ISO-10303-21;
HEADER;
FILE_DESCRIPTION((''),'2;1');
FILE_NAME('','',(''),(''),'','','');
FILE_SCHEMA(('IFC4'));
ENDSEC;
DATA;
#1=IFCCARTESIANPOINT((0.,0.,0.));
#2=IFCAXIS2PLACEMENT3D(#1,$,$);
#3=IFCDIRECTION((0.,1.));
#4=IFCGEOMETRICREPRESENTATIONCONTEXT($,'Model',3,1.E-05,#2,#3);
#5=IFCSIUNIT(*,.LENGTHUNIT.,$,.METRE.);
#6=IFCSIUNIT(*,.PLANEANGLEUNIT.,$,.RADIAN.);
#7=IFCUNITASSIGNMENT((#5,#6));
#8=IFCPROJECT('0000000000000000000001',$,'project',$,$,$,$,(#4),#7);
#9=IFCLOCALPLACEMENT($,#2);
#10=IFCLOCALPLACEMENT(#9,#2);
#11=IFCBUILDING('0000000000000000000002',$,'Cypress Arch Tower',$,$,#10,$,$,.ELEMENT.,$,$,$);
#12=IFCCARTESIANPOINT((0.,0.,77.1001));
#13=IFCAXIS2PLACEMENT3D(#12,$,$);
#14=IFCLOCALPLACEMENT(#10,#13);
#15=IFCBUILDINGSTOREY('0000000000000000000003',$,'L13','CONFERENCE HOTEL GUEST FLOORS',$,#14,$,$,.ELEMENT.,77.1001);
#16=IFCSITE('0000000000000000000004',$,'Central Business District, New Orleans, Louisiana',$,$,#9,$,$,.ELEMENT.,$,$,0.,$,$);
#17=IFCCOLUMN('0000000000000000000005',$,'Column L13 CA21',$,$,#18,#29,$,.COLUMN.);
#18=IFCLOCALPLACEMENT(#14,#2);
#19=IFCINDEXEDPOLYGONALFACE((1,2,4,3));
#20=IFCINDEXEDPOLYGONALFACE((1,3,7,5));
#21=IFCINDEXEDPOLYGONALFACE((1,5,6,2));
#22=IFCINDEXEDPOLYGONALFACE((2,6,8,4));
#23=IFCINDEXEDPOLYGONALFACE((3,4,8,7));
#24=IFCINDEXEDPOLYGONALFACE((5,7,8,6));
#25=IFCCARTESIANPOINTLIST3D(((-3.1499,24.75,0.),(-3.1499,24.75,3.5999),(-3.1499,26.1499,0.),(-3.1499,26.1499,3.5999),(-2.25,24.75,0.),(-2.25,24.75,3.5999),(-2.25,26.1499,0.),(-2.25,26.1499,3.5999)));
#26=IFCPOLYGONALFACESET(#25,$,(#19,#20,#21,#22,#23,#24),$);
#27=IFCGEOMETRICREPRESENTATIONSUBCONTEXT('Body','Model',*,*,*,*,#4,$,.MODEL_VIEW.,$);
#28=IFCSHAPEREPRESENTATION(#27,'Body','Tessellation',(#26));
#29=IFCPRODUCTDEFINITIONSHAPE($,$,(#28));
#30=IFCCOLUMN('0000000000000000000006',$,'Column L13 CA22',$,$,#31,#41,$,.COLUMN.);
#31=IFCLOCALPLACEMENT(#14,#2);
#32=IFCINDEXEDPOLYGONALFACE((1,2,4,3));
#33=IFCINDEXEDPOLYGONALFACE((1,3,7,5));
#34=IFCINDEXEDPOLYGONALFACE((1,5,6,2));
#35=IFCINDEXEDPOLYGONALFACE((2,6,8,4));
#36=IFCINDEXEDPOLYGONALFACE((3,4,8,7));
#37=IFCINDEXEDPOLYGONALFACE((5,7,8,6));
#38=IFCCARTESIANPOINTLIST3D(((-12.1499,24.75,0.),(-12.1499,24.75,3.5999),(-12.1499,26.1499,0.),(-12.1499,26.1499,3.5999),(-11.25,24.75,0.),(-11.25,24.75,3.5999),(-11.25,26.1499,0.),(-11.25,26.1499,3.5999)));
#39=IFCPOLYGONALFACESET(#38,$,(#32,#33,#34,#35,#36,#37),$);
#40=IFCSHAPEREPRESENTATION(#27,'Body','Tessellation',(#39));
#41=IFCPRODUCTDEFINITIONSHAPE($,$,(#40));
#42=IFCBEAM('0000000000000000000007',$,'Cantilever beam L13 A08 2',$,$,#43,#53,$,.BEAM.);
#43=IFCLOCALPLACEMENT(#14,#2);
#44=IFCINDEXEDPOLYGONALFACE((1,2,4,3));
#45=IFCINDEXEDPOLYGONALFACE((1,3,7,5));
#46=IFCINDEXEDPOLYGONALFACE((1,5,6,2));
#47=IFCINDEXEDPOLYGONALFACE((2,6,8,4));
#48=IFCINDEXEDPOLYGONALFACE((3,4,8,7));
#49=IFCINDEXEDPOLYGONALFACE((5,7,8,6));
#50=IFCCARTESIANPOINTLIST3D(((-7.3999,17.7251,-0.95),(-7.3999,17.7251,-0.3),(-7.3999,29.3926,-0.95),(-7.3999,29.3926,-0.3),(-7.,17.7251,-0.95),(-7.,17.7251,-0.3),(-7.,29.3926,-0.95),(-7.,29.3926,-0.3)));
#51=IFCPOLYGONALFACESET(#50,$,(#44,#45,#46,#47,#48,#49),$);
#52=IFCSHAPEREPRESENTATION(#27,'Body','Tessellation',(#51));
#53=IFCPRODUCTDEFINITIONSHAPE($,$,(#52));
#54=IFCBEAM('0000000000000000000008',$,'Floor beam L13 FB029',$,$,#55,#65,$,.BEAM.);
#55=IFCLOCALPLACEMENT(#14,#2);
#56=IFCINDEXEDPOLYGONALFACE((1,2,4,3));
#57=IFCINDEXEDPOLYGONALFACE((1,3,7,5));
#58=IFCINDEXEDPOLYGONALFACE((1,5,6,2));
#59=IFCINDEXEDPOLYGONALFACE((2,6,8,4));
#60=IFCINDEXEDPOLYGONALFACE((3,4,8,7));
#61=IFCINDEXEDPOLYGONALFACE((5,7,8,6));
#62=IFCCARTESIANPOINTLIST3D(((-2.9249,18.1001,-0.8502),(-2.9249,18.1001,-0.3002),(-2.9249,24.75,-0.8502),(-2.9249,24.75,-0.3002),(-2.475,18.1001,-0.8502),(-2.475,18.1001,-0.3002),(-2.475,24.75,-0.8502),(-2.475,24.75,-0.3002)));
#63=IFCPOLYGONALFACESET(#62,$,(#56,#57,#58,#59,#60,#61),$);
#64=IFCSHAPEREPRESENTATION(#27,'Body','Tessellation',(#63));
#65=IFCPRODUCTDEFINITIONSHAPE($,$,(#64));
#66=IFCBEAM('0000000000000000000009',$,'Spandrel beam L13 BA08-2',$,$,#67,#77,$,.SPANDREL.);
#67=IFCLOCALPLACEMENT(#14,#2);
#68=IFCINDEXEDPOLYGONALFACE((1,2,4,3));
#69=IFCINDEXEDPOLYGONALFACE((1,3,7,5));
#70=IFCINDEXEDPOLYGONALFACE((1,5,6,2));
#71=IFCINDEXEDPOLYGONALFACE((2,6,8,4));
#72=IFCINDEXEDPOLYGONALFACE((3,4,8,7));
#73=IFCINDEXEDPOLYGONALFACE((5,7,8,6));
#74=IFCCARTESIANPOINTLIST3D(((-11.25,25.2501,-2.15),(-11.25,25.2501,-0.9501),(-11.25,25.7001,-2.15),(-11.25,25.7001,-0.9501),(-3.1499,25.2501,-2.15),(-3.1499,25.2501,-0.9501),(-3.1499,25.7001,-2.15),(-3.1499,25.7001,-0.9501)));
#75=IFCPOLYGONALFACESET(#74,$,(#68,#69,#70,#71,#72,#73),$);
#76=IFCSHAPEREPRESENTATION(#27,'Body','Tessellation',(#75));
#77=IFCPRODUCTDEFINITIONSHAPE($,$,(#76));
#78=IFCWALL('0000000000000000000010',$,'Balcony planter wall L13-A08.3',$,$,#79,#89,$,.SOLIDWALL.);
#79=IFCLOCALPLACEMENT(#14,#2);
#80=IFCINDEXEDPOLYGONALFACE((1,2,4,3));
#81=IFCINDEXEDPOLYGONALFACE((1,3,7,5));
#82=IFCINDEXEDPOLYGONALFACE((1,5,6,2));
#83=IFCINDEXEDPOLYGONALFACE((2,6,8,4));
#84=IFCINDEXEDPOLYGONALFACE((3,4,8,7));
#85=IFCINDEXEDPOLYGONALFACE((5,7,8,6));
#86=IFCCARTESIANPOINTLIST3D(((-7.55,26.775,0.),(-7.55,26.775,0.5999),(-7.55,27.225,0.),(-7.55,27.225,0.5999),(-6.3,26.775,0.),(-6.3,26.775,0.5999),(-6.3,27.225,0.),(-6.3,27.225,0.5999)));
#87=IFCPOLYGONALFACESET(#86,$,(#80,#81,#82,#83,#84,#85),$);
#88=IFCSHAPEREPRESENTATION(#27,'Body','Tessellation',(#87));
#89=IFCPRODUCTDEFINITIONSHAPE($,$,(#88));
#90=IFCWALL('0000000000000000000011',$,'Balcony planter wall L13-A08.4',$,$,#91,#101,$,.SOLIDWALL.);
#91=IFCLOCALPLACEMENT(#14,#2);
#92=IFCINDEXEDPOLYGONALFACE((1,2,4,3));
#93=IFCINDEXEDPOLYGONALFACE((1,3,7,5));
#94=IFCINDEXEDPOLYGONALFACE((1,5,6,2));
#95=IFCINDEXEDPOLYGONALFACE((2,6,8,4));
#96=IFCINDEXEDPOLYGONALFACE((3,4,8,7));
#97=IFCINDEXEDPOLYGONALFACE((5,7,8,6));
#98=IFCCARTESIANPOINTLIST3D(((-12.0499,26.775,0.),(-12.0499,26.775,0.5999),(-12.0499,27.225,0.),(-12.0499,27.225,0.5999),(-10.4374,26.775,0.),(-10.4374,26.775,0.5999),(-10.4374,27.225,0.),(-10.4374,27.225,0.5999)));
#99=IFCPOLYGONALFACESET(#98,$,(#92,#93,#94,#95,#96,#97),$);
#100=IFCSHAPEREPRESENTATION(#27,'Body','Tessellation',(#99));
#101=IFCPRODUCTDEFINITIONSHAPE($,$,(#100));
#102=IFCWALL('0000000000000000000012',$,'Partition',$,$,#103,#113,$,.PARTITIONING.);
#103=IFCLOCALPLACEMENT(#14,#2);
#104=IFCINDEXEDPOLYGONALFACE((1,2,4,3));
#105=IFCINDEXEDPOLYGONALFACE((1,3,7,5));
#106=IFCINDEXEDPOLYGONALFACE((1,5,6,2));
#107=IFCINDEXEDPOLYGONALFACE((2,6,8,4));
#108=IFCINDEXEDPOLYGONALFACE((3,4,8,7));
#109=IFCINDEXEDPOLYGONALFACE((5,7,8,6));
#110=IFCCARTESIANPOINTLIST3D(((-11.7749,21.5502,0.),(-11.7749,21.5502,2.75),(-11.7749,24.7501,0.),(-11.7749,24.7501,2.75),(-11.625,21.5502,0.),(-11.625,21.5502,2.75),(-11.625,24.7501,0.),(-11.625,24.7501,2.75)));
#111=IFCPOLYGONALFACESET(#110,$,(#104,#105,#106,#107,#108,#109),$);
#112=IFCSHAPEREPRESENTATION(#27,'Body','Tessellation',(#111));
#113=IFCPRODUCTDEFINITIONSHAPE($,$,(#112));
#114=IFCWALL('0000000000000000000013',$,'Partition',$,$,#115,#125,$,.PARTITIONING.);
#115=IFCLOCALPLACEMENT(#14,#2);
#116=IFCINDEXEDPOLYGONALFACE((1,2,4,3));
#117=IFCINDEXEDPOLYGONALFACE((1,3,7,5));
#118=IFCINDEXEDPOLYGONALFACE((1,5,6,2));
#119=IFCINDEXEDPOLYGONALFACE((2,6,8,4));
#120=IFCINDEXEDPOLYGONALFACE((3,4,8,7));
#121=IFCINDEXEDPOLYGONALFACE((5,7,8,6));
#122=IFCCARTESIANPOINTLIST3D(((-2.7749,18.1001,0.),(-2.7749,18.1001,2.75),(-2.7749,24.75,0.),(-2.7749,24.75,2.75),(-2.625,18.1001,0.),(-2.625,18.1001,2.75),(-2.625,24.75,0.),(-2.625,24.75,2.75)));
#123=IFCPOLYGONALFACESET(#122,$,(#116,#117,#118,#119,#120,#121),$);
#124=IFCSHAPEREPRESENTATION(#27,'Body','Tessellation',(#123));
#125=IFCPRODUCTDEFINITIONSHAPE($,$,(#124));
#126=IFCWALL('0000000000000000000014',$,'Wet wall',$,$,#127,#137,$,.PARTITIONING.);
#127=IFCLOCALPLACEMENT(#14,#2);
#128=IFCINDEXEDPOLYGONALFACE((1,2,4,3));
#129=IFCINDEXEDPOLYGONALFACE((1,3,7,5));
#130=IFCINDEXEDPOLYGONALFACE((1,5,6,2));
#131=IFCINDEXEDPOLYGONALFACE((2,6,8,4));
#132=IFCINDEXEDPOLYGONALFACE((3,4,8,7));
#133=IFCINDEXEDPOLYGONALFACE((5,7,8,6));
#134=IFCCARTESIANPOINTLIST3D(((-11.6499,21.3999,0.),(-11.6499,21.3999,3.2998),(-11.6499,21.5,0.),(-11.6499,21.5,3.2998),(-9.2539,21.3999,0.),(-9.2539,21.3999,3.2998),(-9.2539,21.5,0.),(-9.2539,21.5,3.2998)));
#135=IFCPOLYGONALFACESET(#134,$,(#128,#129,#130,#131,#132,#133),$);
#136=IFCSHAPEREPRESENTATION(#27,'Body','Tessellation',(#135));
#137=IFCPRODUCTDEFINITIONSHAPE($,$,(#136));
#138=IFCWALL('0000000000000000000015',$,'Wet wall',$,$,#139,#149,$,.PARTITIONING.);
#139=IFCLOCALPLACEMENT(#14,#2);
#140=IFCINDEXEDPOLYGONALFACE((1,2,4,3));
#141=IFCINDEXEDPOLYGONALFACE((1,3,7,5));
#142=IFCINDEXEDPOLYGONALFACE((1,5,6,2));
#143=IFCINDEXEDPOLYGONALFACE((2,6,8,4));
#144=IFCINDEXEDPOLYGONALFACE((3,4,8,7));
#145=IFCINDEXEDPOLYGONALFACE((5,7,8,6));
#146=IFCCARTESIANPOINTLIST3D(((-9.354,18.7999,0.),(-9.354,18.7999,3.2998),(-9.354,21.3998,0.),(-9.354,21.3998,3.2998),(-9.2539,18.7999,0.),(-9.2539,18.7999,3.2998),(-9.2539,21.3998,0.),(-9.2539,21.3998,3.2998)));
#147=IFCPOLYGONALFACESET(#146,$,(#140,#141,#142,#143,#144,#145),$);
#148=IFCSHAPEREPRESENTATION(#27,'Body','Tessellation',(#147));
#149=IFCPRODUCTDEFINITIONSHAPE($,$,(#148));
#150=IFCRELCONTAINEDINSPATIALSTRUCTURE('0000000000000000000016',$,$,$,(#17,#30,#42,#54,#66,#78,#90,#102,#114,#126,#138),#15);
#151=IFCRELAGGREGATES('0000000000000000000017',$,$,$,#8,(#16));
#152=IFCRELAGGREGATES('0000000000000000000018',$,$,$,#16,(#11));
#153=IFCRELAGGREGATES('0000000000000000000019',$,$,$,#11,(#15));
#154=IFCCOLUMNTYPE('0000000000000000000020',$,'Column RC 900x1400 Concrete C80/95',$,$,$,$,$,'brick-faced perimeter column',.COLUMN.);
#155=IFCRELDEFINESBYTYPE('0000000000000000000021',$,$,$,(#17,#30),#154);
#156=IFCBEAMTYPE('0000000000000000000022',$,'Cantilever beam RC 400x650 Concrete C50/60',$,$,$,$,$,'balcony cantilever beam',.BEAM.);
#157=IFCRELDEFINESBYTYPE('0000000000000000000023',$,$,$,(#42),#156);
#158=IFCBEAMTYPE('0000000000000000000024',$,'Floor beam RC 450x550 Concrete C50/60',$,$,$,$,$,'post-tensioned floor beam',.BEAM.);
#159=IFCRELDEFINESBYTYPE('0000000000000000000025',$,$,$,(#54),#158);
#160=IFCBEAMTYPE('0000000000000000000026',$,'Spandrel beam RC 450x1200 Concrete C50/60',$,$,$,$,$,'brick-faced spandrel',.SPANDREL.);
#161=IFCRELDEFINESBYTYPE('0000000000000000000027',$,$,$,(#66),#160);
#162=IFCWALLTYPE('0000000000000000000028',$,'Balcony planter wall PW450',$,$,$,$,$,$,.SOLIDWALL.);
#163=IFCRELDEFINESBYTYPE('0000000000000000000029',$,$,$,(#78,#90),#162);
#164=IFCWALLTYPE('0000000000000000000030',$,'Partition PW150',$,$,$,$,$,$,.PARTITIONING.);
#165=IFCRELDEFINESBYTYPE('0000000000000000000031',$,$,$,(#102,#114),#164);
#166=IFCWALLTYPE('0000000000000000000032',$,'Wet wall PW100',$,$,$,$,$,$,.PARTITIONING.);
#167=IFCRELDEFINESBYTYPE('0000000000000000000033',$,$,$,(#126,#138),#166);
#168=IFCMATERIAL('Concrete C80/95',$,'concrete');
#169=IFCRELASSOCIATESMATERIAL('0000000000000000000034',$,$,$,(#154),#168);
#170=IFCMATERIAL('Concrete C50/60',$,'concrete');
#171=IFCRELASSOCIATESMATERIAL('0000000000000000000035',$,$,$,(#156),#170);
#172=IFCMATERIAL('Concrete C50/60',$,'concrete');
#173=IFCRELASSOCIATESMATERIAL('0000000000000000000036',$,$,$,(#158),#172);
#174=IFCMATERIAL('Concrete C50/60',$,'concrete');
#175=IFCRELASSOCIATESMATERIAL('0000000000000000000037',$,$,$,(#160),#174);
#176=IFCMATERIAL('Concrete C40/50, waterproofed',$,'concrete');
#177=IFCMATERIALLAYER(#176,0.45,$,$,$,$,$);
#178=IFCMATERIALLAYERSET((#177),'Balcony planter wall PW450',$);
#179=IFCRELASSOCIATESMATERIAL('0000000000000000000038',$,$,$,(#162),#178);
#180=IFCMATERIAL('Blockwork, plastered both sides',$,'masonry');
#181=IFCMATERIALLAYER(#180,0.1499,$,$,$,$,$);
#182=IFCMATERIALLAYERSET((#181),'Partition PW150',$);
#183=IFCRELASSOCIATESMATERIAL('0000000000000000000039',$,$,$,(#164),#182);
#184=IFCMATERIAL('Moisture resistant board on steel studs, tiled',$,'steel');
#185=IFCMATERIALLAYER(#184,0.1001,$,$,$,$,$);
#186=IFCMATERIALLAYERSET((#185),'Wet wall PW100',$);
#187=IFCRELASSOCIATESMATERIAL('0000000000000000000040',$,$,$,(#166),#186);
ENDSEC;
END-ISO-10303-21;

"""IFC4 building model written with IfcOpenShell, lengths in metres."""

from ifc_helpers import new_model, si_unit, direction, frame, frame_2d, origin, origin_2d, place, context, subcontext, project, spatial, rectangle, extrude, material, layer, layer_set, material_profile, profile_set, type_object, element, save


model = new_model("IFC4")

# Units and contexts
model_context = context("Model", 3, precision=1e-05, world=origin(), true_north=direction((0.0, 1.0)))
body_context = subcontext(model_context, "Body", "Model", "MODEL_VIEW")
ifc_project = project(units=[si_unit("LENGTHUNIT", "METRE"), si_unit("PLANEANGLEUNIT", "RADIAN")], contexts=[model_context])

# Site, building, storey
site_placement = place(None, origin())
site = spatial("IfcSite", under=ifc_project, at=site_placement, Name="Central Business District, New Orleans, Louisiana", CompositionType="ELEMENT", RefElevation=0.0)
building_placement = place(site_placement, origin())
building = spatial("IfcBuilding", under=site, at=building_placement, Name="Cypress Arch Tower", CompositionType="ELEMENT")
storey_placement = place(building_placement, frame((0.0, 0.0, 77.1001)))
storey = spatial("IfcBuildingStorey", under=building, at=storey_placement, Name="L13", Description="CONFERENCE HOTEL GUEST FLOORS", CompositionType="ELEMENT", Elevation=77.1001)

# Columns
ifc_material_1 = material(Name="Concrete C80/95", Category="concrete")
ifc_material_profile_1 = material_profile(ifc_material_1, rectangle(XDim=0.8999, YDim=1.3999, at=origin_2d()), Name="RC 900x1400")
ifc_profile_set_1 = profile_set([ifc_material_profile_1], Name="Concrete C80/95")
column_type = type_object("IfcColumnType", Name="Column RC 900x1400 Concrete C80/95", ElementType="brick-faced perimeter column", PredefinedType="COLUMN", material=ifc_profile_set_1)
for number, where, z_axis, x_axis, name in (
    (1, (-2.7, 25.45, 0.0), (0.0, 0.0, 1.0), (-1.0, 0.0, 0.0), "Column L13 CA21"),
    (2, (-11.7, 25.45, 0.0), (0.0, 0.0, 1.0), (-1.0, 0.0, 0.0), "Column L13 CA22"),
):
    element("IfcColumn", number, at=place(storey_placement, frame(where, z_axis=z_axis, x_axis=x_axis)), inside=storey, type_object=column_type, Name=name, PredefinedType="COLUMN", context=body_context, shape_type="SweptSolid", body=[
        extrude(rectangle(XDim=0.8999, YDim=1.3999, at=origin_2d()), origin(), (0.0, 0.0, 1.0), 3.5999),
    ])

# Beams
ifc_material_2 = material(Name="Concrete C50/60", Category="concrete")
ifc_material_profile_2 = material_profile(ifc_material_2, rectangle(XDim=0.3999, YDim=0.6499, at=origin_2d()), Name="RC 400x650")
ifc_profile_set_2 = profile_set([ifc_material_profile_2], Name="Concrete C50/60")
beam_type_1 = type_object("IfcBeamType", Name="Cantilever beam RC 400x650 Concrete C50/60", ElementType="balcony cantilever beam", PredefinedType="BEAM", material=ifc_profile_set_2)
beam_1_placement = place(storey_placement, frame((-7.2, 17.7251, -0.625), z_axis=(0.0, 1.0, 0.0), x_axis=(-1.0, 0.0, 0.0)))
element("IfcBeam", 3, at=beam_1_placement, inside=storey, type_object=beam_type_1, Name="Cantilever beam L13 A08 2", PredefinedType="BEAM", context=body_context, shape_type="SweptSolid", body=[
    extrude(rectangle(XDim=0.3999, YDim=0.6499, at=origin_2d()), origin(), (0.0, 0.0, 1.0), 11.6675),
])
ifc_material_3 = material(Name="Concrete C50/60", Category="concrete")
ifc_material_profile_3 = material_profile(ifc_material_3, rectangle(XDim=0.45, YDim=0.55, at=origin_2d()), Name="RC 450x550")
ifc_profile_set_3 = profile_set([ifc_material_profile_3], Name="Concrete C50/60")
beam_type_2 = type_object("IfcBeamType", Name="Floor beam RC 450x550 Concrete C50/60", ElementType="post-tensioned floor beam", PredefinedType="BEAM", material=ifc_profile_set_3)
beam_2_placement = place(storey_placement, frame((-2.7, 18.1001, -0.5752), z_axis=(0.0, 1.0, 0.0), x_axis=(-1.0, 0.0, 0.0)))
element("IfcBeam", 4, at=beam_2_placement, inside=storey, type_object=beam_type_2, Name="Floor beam L13 FB029", PredefinedType="BEAM", context=body_context, shape_type="SweptSolid", body=[
    extrude(rectangle(XDim=0.45, YDim=0.55, at=origin_2d()), origin(), (0.0, 0.0, 1.0), 6.6499),
])
ifc_material_4 = material(Name="Concrete C50/60", Category="concrete")
ifc_material_profile_4 = material_profile(ifc_material_4, rectangle(XDim=0.45, YDim=1.2, at=origin_2d()), Name="RC 450x1200")
ifc_profile_set_4 = profile_set([ifc_material_profile_4], Name="Concrete C50/60")
beam_type_3 = type_object("IfcBeamType", Name="Spandrel beam RC 450x1200 Concrete C50/60", ElementType="brick-faced spandrel", PredefinedType="SPANDREL", material=ifc_profile_set_4)
beam_3_placement = place(storey_placement, frame((-3.1499, 25.4751, -1.55), z_axis=(-1.0, 0.0, 0.0), x_axis=(0.0, -1.0, 0.0)))
element("IfcBeam", 5, at=beam_3_placement, inside=storey, type_object=beam_type_3, Name="Spandrel beam L13 BA08-2", PredefinedType="SPANDREL", context=body_context, shape_type="SweptSolid", body=[
    extrude(rectangle(XDim=0.45, YDim=1.2, at=origin_2d()), origin(), (0.0, 0.0, 1.0), 8.1001),
])

# Walls
ifc_material_5 = material(Name="Concrete C40/50, waterproofed", Category="concrete")
ifc_layer_1 = layer(ifc_material_5, 0.45)
ifc_layer_set_1 = layer_set([ifc_layer_1], Name="Balcony planter wall PW450")
wall_type_1 = type_object("IfcWallType", Name="Balcony planter wall PW450", PredefinedType="SOLIDWALL", material=ifc_layer_set_1)
wall_1_placement = place(storey_placement, frame((-6.3, 27.0, 0.0), z_axis=(0.0, 0.0, 1.0), x_axis=(-1.0, 0.0, 0.0)))
element("IfcWall", 6, at=wall_1_placement, inside=storey, type_object=wall_type_1, Name="Balcony planter wall L13-A08.3", PredefinedType="SOLIDWALL", context=body_context, shape_type="SweptSolid", body=[
    extrude(rectangle(XDim=1.25, YDim=0.45, at=frame_2d((0.625, 0.0))), origin(), (0.0, 0.0, 1.0), 0.5999),
])
wall_2_placement = place(storey_placement, frame((-10.4375, 27.0, 0.0), z_axis=(0.0, 0.0, 1.0), x_axis=(-1.0, 0.0, 0.0)))
element("IfcWall", 7, at=wall_2_placement, inside=storey, type_object=wall_type_1, Name="Balcony planter wall L13-A08.4", PredefinedType="SOLIDWALL", context=body_context, shape_type="SweptSolid", body=[
    extrude(rectangle(XDim=1.6125, YDim=0.45, at=frame_2d((0.8062, 0.0))), origin(), (0.0, 0.0, 1.0), 0.5999),
])

# Walls
ifc_material_6 = material(Name="Blockwork, plastered both sides", Category="masonry")
ifc_layer_2 = layer(ifc_material_6, 0.1499)
ifc_layer_set_2 = layer_set([ifc_layer_2], Name="Partition PW150")
wall_type_2 = type_object("IfcWallType", Name="Partition PW150", PredefinedType="PARTITIONING", material=ifc_layer_set_2)
wall_3_placement = place(storey_placement, frame((-11.7, 21.55, 0.0), z_axis=(0.0, 0.0, 1.0), x_axis=(0.0, 1.0, 0.0)))
element("IfcWall", 8, at=wall_3_placement, inside=storey, type_object=wall_type_2, Name="Partition", PredefinedType="PARTITIONING", context=body_context, shape_type="SweptSolid", body=[
    extrude(rectangle(XDim=3.2, YDim=0.1499, at=frame_2d((1.6001, 0.0))), origin(), (0.0, 0.0, 1.0), 2.75),
])
wall_4_placement = place(storey_placement, frame((-2.7, 18.1001, 0.0), z_axis=(0.0, 0.0, 1.0), x_axis=(0.0, 1.0, 0.0)))
element("IfcWall", 9, at=wall_4_placement, inside=storey, type_object=wall_type_2, Name="Partition", PredefinedType="PARTITIONING", context=body_context, shape_type="SweptSolid", body=[
    extrude(rectangle(XDim=6.6499, YDim=0.1499, at=frame_2d((3.325, 0.0))), origin(), (0.0, 0.0, 1.0), 2.75),
])
ifc_material_7 = material(Name="Moisture resistant board on steel studs, tiled", Category="steel")
ifc_layer_3 = layer(ifc_material_7, 0.1001)
ifc_layer_set_3 = layer_set([ifc_layer_3], Name="Wet wall PW100")
wall_type_3 = type_object("IfcWallType", Name="Wet wall PW100", PredefinedType="PARTITIONING", material=ifc_layer_set_3)
wall_5_placement = place(storey_placement, frame((-11.6499, 21.45, 0.0), z_axis=(0.0, 0.0, 1.0), x_axis=(1.0, 0.0, 0.0)))
element("IfcWall", 10, at=wall_5_placement, inside=storey, type_object=wall_type_3, Name="Wet wall", PredefinedType="PARTITIONING", context=body_context, shape_type="SweptSolid", body=[
    extrude(rectangle(XDim=2.396, YDim=0.1001, at=frame_2d((1.198, 0.0))), origin(), (0.0, 0.0, 1.0), 3.2998),
])
wall_6_placement = place(storey_placement, frame((-9.304, 18.8, 0.0), z_axis=(0.0, 0.0, 1.0), x_axis=(0.0, 1.0, 0.0)))
element("IfcWall", 11, at=wall_6_placement, inside=storey, type_object=wall_type_3, Name="Wet wall", PredefinedType="PARTITIONING", context=body_context, shape_type="SweptSolid", body=[
    extrude(rectangle(XDim=2.5999, YDim=0.1001, at=frame_2d((1.2998, 0.0))), origin(), (0.0, 0.0, 1.0), 3.2998),
])

save(model, "model.ifc")
